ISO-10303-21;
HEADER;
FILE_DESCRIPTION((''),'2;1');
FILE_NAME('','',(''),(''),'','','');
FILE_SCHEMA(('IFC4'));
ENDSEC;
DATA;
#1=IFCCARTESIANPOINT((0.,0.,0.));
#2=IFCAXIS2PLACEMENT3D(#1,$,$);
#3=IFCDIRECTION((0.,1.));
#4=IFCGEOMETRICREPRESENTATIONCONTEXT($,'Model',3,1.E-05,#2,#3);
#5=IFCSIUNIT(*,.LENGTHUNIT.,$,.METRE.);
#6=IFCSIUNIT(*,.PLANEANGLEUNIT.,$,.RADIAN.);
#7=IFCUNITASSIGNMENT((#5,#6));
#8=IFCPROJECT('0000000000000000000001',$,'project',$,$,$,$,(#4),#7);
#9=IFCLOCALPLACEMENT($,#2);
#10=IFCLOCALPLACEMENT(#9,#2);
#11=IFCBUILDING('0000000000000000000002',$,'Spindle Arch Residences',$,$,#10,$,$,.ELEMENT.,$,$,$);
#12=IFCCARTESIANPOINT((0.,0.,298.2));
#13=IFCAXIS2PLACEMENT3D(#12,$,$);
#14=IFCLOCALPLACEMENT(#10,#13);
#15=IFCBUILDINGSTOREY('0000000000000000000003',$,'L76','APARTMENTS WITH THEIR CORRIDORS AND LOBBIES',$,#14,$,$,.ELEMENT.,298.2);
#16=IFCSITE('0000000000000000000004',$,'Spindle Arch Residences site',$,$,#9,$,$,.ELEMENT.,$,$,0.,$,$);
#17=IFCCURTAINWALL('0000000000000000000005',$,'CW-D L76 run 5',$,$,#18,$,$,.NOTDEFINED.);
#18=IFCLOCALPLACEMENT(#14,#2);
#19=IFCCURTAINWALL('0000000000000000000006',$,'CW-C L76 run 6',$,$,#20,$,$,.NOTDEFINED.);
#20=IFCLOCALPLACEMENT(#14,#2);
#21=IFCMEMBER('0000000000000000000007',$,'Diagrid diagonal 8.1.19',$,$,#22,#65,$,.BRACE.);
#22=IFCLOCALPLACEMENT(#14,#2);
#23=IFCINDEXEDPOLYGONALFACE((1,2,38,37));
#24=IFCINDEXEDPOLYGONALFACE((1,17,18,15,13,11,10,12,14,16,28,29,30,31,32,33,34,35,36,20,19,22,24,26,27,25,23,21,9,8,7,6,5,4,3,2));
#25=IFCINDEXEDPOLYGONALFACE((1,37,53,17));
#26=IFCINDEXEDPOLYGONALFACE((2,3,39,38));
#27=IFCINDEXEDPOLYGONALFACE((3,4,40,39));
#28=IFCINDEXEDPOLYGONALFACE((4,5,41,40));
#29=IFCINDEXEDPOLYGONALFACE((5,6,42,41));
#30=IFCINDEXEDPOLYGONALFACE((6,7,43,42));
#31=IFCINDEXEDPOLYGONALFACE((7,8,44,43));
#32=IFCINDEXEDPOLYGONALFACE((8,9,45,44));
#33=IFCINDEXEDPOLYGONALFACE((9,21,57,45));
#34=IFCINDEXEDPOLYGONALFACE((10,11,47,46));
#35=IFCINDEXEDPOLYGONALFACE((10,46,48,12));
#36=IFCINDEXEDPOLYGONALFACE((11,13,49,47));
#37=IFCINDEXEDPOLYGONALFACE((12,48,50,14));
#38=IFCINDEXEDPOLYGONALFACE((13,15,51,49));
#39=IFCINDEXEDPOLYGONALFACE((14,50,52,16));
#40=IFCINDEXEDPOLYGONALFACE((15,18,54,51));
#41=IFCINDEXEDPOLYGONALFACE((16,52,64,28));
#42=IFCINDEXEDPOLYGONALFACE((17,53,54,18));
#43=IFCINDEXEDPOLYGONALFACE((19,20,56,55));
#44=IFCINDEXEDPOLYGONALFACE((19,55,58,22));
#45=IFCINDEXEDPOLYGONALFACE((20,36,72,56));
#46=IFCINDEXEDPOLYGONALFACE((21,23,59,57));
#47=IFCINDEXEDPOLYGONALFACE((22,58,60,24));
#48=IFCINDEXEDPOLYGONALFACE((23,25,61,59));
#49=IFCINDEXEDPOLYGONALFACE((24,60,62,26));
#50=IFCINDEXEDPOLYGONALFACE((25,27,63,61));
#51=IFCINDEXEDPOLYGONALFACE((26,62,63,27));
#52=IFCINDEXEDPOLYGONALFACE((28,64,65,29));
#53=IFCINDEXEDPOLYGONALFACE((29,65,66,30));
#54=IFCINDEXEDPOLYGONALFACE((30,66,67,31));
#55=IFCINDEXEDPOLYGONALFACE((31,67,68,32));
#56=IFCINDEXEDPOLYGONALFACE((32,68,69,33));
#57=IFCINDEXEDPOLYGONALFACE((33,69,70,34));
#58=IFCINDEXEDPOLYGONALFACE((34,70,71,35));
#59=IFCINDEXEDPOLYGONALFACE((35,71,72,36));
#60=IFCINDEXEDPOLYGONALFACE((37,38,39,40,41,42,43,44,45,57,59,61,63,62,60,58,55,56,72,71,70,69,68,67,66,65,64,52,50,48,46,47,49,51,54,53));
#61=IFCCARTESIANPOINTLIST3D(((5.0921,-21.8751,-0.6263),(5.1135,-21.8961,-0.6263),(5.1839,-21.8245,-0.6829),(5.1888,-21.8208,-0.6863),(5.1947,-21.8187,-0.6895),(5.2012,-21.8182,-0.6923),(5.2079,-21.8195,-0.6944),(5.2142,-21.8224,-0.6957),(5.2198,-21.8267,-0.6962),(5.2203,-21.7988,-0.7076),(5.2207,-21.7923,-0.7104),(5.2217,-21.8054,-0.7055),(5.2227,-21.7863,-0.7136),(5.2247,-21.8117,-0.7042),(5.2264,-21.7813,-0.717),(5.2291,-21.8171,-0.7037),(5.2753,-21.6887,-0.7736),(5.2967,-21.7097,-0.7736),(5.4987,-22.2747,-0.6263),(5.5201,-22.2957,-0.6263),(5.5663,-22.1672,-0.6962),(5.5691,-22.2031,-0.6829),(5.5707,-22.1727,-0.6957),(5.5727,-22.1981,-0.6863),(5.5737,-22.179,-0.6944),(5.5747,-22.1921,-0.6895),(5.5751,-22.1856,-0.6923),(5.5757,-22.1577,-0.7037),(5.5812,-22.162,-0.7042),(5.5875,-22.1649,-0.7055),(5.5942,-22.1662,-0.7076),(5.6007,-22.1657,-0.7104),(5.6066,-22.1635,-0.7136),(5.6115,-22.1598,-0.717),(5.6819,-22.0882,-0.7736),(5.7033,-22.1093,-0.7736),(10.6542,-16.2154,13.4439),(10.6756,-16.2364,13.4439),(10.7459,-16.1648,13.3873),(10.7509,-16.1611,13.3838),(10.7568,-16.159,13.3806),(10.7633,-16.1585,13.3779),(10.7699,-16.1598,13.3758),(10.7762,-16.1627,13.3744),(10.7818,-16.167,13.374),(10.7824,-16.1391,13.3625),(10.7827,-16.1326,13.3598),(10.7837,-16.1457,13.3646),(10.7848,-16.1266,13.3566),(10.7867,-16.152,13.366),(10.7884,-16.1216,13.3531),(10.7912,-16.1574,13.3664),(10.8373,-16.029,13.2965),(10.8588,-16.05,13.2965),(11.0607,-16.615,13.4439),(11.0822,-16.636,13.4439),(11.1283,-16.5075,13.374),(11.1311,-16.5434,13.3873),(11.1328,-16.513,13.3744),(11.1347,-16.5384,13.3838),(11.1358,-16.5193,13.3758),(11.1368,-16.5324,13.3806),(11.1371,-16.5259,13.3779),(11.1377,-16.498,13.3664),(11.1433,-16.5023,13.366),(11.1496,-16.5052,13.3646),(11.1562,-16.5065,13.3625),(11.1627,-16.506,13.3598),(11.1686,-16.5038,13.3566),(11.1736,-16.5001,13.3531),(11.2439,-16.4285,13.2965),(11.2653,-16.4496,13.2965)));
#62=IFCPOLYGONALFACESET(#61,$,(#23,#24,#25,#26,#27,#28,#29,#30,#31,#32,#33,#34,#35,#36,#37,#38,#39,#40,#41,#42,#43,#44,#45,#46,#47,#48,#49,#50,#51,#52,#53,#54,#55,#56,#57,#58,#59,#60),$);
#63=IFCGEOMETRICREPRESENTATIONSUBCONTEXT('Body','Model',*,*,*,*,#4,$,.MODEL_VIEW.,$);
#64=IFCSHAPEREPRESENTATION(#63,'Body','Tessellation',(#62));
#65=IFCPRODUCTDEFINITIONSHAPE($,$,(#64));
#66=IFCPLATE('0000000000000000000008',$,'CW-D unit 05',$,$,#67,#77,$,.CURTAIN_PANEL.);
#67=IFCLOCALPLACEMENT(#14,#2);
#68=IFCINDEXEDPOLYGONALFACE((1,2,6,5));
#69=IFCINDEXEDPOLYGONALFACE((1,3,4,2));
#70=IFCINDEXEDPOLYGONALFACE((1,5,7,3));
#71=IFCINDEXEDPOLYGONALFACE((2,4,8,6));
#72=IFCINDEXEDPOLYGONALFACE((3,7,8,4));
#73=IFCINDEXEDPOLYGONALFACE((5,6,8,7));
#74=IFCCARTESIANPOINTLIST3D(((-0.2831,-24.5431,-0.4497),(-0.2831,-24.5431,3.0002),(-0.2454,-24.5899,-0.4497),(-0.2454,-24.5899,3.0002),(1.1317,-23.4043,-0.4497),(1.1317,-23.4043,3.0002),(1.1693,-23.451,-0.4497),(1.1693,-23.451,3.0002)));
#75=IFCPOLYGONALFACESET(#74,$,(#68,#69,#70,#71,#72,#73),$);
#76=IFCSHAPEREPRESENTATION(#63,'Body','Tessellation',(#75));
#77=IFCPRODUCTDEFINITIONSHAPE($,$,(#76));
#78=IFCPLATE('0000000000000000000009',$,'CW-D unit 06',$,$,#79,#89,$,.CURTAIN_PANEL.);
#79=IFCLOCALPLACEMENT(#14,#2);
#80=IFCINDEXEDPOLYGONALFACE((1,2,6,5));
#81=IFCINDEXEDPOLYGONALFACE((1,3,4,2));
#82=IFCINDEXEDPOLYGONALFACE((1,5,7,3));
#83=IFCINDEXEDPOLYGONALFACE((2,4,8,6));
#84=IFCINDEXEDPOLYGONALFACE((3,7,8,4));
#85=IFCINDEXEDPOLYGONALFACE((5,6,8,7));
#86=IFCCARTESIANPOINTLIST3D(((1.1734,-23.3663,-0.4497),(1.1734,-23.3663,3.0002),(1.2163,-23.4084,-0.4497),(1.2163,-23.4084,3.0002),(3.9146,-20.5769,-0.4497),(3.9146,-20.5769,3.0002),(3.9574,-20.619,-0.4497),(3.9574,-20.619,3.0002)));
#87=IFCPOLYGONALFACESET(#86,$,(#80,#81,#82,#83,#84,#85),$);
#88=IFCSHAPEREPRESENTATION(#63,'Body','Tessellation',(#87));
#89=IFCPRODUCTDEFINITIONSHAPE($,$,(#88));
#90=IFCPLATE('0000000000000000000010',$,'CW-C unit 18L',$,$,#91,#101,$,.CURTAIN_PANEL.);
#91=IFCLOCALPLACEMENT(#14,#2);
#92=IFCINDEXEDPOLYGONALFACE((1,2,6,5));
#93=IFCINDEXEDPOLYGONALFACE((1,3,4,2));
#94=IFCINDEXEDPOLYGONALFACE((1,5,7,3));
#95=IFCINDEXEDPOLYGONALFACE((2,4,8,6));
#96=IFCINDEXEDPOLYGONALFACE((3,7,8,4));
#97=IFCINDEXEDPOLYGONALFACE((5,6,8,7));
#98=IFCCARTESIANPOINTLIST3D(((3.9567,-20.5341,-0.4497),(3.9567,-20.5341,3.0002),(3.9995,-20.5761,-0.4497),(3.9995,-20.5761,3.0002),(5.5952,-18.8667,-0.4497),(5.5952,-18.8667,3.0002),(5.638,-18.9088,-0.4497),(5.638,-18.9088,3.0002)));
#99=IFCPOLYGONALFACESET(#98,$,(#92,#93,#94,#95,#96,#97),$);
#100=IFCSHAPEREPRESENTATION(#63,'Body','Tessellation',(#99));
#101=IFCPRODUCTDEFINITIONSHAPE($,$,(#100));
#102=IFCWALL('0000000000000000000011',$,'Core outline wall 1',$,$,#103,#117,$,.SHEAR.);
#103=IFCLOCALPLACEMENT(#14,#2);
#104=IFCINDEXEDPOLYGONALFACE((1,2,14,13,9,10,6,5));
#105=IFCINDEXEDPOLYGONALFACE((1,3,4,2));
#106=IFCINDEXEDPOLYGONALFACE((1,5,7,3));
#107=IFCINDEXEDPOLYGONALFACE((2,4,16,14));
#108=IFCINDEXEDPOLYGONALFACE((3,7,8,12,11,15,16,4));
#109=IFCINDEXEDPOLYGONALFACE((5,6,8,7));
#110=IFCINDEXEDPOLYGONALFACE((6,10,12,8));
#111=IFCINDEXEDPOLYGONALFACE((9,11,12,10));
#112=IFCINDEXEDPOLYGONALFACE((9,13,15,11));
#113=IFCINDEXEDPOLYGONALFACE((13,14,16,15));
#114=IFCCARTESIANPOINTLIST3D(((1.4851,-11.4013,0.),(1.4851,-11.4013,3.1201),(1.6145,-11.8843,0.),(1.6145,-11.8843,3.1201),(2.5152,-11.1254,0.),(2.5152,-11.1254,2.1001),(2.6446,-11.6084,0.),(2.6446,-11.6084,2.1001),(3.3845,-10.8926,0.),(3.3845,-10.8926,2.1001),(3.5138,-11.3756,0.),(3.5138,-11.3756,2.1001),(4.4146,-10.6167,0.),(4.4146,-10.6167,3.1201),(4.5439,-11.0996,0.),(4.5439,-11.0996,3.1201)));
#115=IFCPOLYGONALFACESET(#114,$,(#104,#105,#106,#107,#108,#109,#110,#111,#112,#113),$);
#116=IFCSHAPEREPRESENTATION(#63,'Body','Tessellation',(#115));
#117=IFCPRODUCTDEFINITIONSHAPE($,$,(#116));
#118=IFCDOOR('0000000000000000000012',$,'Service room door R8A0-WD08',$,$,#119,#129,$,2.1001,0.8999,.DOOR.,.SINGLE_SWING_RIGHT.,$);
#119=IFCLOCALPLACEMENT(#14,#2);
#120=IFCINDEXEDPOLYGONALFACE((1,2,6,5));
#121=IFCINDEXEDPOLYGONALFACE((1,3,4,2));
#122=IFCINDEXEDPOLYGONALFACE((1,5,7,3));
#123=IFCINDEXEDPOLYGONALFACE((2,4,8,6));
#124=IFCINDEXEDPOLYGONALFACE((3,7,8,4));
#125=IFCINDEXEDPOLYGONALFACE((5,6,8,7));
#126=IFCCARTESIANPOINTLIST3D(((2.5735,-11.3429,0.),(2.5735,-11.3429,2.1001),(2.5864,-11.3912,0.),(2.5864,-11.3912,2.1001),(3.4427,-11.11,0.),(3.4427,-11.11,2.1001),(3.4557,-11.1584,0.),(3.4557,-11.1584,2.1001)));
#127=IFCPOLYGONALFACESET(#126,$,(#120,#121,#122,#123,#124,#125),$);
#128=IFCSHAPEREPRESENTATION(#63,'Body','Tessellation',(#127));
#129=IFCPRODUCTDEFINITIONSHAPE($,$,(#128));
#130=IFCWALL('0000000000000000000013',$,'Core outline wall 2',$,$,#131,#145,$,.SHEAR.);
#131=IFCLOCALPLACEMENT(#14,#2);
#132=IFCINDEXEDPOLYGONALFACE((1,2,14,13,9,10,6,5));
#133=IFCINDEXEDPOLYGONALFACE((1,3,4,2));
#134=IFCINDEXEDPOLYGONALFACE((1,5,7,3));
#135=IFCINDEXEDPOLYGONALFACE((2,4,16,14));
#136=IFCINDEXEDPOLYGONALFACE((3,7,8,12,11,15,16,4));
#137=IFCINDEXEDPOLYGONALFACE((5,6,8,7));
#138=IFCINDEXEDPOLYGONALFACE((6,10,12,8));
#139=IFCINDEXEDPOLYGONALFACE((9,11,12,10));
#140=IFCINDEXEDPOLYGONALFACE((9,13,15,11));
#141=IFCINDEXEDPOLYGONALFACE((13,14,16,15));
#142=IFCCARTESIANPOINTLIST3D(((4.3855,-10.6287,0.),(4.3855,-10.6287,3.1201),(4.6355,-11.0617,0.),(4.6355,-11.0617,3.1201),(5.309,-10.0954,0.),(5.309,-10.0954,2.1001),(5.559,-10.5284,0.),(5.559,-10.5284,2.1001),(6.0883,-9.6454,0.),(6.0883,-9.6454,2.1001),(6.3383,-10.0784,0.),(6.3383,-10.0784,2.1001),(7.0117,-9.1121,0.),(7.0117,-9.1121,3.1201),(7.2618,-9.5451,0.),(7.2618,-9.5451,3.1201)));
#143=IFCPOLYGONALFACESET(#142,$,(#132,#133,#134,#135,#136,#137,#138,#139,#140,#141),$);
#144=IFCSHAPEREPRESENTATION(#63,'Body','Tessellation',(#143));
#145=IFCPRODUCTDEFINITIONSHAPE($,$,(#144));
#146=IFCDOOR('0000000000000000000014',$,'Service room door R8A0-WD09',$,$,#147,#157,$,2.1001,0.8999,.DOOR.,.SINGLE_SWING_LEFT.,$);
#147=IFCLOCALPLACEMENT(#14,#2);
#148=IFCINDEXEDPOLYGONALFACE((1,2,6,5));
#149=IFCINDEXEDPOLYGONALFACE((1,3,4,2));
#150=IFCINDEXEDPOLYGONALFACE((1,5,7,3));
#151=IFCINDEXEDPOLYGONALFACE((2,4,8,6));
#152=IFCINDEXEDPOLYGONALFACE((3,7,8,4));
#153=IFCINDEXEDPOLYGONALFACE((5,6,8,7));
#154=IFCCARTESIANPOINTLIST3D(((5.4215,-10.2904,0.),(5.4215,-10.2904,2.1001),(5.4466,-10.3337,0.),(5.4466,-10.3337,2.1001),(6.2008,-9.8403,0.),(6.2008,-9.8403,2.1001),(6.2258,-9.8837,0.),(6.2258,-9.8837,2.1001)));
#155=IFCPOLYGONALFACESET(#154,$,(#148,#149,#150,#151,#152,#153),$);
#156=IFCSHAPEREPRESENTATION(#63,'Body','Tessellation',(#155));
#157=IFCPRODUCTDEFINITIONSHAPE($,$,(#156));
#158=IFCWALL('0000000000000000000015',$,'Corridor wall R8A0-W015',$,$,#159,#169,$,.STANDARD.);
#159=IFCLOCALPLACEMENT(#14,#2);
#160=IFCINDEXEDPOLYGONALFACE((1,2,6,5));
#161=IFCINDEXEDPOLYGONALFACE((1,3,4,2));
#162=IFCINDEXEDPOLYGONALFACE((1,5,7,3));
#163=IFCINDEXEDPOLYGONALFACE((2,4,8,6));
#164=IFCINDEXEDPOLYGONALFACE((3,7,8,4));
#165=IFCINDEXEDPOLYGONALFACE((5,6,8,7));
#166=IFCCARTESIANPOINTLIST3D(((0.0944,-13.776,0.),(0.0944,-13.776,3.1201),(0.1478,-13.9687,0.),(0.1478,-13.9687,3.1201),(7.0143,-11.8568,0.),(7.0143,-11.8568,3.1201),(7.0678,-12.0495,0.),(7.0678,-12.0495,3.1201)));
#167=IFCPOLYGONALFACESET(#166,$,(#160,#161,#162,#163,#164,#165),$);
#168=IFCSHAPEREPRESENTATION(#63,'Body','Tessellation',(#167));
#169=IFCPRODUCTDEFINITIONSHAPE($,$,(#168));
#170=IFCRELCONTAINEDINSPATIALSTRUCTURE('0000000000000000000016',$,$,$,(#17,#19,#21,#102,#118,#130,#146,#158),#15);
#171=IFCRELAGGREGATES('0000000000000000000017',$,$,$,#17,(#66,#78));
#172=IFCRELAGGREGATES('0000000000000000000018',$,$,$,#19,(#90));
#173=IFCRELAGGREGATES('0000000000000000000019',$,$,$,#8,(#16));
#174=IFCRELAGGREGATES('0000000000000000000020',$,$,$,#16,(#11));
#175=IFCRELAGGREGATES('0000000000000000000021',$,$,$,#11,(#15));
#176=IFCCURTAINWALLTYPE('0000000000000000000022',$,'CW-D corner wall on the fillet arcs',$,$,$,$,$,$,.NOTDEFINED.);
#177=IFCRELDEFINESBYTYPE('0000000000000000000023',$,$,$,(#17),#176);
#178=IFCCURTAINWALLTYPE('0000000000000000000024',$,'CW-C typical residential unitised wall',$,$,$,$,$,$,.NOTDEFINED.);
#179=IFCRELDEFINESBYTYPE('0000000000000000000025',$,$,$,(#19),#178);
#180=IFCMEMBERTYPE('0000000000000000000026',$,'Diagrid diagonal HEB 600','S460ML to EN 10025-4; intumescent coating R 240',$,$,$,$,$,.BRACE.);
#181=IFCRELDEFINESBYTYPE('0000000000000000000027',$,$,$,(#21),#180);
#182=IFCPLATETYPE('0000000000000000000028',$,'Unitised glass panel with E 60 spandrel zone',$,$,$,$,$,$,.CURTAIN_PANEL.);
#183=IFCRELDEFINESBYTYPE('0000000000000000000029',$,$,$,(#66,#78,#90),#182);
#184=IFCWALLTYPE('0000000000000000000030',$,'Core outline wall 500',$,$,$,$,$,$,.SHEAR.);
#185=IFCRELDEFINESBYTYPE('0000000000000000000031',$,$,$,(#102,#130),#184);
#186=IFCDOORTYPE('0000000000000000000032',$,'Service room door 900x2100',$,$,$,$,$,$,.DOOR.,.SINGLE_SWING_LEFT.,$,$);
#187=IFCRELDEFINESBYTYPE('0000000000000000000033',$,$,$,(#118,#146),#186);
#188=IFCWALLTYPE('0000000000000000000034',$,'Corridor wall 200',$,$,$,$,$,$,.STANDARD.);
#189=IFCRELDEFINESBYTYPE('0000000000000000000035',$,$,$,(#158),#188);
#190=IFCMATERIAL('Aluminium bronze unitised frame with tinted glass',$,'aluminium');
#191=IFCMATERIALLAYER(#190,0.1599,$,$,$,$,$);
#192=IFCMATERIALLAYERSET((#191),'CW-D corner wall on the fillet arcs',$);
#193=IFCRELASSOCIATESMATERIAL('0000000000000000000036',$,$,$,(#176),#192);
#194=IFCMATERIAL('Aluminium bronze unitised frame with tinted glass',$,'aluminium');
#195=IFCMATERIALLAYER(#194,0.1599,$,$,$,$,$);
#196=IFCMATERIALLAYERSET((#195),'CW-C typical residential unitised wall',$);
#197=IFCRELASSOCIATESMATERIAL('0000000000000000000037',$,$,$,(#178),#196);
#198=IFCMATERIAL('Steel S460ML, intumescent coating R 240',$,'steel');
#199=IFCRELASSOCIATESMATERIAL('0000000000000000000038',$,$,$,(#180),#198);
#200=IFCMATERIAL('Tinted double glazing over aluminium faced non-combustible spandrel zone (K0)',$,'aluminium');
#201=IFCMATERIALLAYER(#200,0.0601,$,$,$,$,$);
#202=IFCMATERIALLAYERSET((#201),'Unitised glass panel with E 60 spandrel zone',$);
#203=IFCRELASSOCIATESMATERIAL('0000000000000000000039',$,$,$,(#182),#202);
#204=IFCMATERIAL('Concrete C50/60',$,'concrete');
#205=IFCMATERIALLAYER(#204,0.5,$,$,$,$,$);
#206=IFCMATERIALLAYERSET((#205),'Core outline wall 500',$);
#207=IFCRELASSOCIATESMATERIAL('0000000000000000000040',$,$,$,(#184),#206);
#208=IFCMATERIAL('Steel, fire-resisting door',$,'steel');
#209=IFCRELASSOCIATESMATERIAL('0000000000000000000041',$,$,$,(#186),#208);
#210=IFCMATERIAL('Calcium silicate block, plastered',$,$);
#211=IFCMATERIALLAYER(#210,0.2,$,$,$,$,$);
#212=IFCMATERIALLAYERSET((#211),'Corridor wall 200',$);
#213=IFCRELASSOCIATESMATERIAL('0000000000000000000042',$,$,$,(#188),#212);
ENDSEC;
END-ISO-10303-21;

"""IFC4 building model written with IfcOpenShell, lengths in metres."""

from ifc_helpers import new_model, si_unit, direction, frame, frame_2d, origin, origin_2d, place, context, subcontext, project, spatial, rectangle, i_section, extrude, material, layer, layer_set, material_profile, profile_set, type_object, element, fill, aggregate, save


model = new_model("IFC4")

# Units and contexts
model_context = context("Model", 3, precision=1e-05, world=origin(), true_north=direction((0.0, 1.0)))
body_context = subcontext(model_context, "Body", "Model", "MODEL_VIEW")
ifc_project = project(units=[si_unit("LENGTHUNIT", "METRE"), si_unit("PLANEANGLEUNIT", "RADIAN")], contexts=[model_context])

# Site, building, storey
site_placement = place(None, origin())
site = spatial("IfcSite", under=ifc_project, at=site_placement, Name="Spindle Arch Residences site", CompositionType="ELEMENT", RefElevation=0.0)
building_placement = place(site_placement, origin())
building = spatial("IfcBuilding", under=site, at=building_placement, Name="Spindle Arch Residences", CompositionType="ELEMENT")
storey_placement = place(building_placement, frame((0.0, 0.0, 298.2)))
storey = spatial("IfcBuildingStorey", under=building, at=storey_placement, Name="L76", Description="APARTMENTS WITH THEIR CORRIDORS AND LOBBIES", CompositionType="ELEMENT", Elevation=298.2)

# Curtain walls
ifc_material_1 = material(Name="Aluminium bronze unitised frame with tinted glass", Category="aluminium")
ifc_layer_1 = layer(ifc_material_1, 0.1599)
ifc_layer_set_1 = layer_set([ifc_layer_1], Name="CW-D corner wall on the fillet arcs")
curtain_wall_type_1 = type_object("IfcCurtainWallType", Name="CW-D corner wall on the fillet arcs", PredefinedType="NOTDEFINED", material=ifc_layer_set_1)
curtain_wall_1_placement = place(storey_placement, origin())
curtain_wall_1 = element("IfcCurtainWall", 1, at=curtain_wall_1_placement, inside=storey, type_object=curtain_wall_type_1, Name="CW-D L76 run 5", PredefinedType="NOTDEFINED")
ifc_material_2 = material(Name="Aluminium bronze unitised frame with tinted glass", Category="aluminium")
ifc_layer_2 = layer(ifc_material_2, 0.1599)
ifc_layer_set_2 = layer_set([ifc_layer_2], Name="CW-C typical residential unitised wall")
curtain_wall_type_2 = type_object("IfcCurtainWallType", Name="CW-C typical residential unitised wall", PredefinedType="NOTDEFINED", material=ifc_layer_set_2)
curtain_wall_2_placement = place(storey_placement, origin())
curtain_wall_2 = element("IfcCurtainWall", 2, at=curtain_wall_2_placement, inside=storey, type_object=curtain_wall_type_2, Name="CW-C L76 run 6", PredefinedType="NOTDEFINED")

# Member
ifc_material_3 = material(Name="Steel S460ML, intumescent coating R 240", Category="steel")
ifc_material_profile_1 = material_profile(ifc_material_3, i_section(OverallWidth=0.3, OverallDepth=0.6001, WebThickness=0.0154, FlangeThickness=0.03, FilletRadius=0.0271, at=origin_2d()), Name="HEB 600")
ifc_profile_set_1 = profile_set([ifc_material_profile_1], Name="Steel S460ML, intumescent coating R 240")
member_type_1 = type_object("IfcMemberType", Name="Diagrid diagonal HEB 600", Description="S460ML to EN 10025-4; intumescent coating R 240", PredefinedType="BRACE", material=ifc_profile_set_1)
member_1_placement = place(storey_placement, frame((5.3977, -21.9922, -0.7), z_axis=(0.344323, 0.350369, 0.871024), x_axis=(-0.610524, -0.621244, 0.49124)))
element("IfcMember", 3, at=member_1_placement, inside=storey, type_object=member_type_1, Name="Diagrid diagonal 8.1.19", PredefinedType="BRACE", context=body_context, shape_type="SweptSolid", body=[
    extrude(i_section(OverallWidth=0.3, OverallDepth=0.6001, WebThickness=0.0154, FlangeThickness=0.03, FilletRadius=0.0271, at=origin_2d()), origin(), (0.0, 0.0, 1.0), 16.1536),
])

# Plates
ifc_material_4 = material(Name="Tinted double glazing over aluminium faced non-combustible spandrel zone (K0)", Category="aluminium")
ifc_layer_3 = layer(ifc_material_4, 0.0601)
ifc_layer_set_3 = layer_set([ifc_layer_3], Name="Unitised glass panel with E 60 spandrel zone")
plate_type = type_object("IfcPlateType", Name="Unitised glass panel with E 60 spandrel zone", PredefinedType="CURTAIN_PANEL", material=ifc_layer_set_3)
plate_1_placement = place(storey_placement, frame((0.4431, -23.9971, -0.4497), z_axis=(0.0, 0.0, 1.0), x_axis=(0.778973, 0.627057, 0.0)))
plate_1 = element("IfcPlate", 4, at=plate_1_placement, type_object=plate_type, Name="CW-D unit 05", PredefinedType="CURTAIN_PANEL", context=body_context, shape_type="SweptSolid", body=[
    extrude(rectangle(XDim=1.8162, YDim=0.0601, at=origin_2d()), origin(), (0.0, 0.0, 1.0), 3.45),
])
plate_2_placement = place(storey_placement, frame((2.5654, -21.9927, -0.4497), z_axis=(0.0, 0.0, 1.0), x_axis=(0.700909, 0.71325, 0.0)))
plate_2 = element("IfcPlate", 5, at=plate_2_placement, type_object=plate_type, Name="CW-D unit 06", PredefinedType="CURTAIN_PANEL", context=body_context, shape_type="SweptSolid", body=[
    extrude(rectangle(XDim=3.9109, YDim=0.0601, at=origin_2d()), origin(), (0.0, 0.0, 1.0), 3.45),
])
aggregate(curtain_wall_1, [plate_1, plate_2])
plate_3_placement = place(storey_placement, frame((4.7974, -19.7214, -0.4497), z_axis=(0.0, 0.0, 1.0), x_axis=(0.700909, 0.71325, 0.0)))
plate_3 = element("IfcPlate", 6, at=plate_3_placement, type_object=plate_type, Name="CW-C unit 18L", PredefinedType="CURTAIN_PANEL", context=body_context, shape_type="SweptSolid", body=[
    extrude(rectangle(XDim=2.3376, YDim=0.0601, at=origin_2d()), origin(), (0.0, 0.0, 1.0), 3.45),
])
aggregate(curtain_wall_2, [plate_3])

# Walls, openings, doors
ifc_material_5 = material(Name="Concrete C50/60", Category="concrete")
ifc_layer_4 = layer(ifc_material_5, 0.5)
ifc_layer_set_4 = layer_set([ifc_layer_4], Name="Core outline wall 500")
wall_type_1 = type_object("IfcWallType", Name="Core outline wall 500", PredefinedType="SHEAR", material=ifc_layer_set_4)
wall_1_placement = place(storey_placement, frame((1.5498, -11.6428, 0.0), z_axis=(0.0, 0.0, 1.0), x_axis=(0.965948, 0.258735, 0.0)))
wall_1 = element("IfcWall", 7, at=wall_1_placement, inside=storey, type_object=wall_type_1, Name="Core outline wall 1", PredefinedType="SHEAR", context=body_context, shape_type="SweptSolid", body=[
    extrude(rectangle(XDim=3.0327, YDim=0.5, at=frame_2d((1.5164, 0.0))), origin(), (0.0, 0.0, 1.0), 3.1201),
])
opening_1_placement = place(wall_1_placement, frame((1.0664, 0.0, 0.0)))
opening_1 = element("IfcOpeningElement", 8, at=opening_1_placement, cuts=wall_1, PredefinedType="OPENING", context=body_context, shape_type="SweptSolid", body=[
    extrude(rectangle(XDim=0.8999, YDim=2.1001, at=frame_2d((0.45, 1.05))), frame((0.0, 0.26, 0.0), z_axis=(0.0, -1.0, 0.0), x_axis=(1.0, 0.0, 0.0)), (0.0, 0.0, 1.0), 0.52),
])
ifc_material_6 = material(Name="Steel, fire-resisting door", Category="steel")
door_type_1 = type_object("IfcDoorType", Name="Service room door 900x2100", OperationType="SINGLE_SWING_LEFT", PredefinedType="DOOR", material=ifc_material_6)
door_1_placement = place(opening_1_placement, origin())
door_1 = element("IfcDoor", 9, at=door_1_placement, inside=storey, type_object=door_type_1, Name="Service room door R8A0-WD08", OperationType="SINGLE_SWING_RIGHT", OverallHeight=2.1001, OverallWidth=0.8999, PredefinedType="DOOR", context=body_context, shape_type="SweptSolid", body=[
    extrude(rectangle(XDim=0.8999, YDim=2.1001, at=frame_2d((0.45, 1.05))), frame((0.0, 0.0249, 0.0), z_axis=(0.0, -1.0, 0.0), x_axis=(1.0, 0.0, 0.0)), (0.0, 0.0, 1.0), 0.05),
])
fill(opening_1, door_1)
wall_2_placement = place(storey_placement, frame((4.5105, -10.8452, 0.0), z_axis=(0.0, 0.0, 1.0), x_axis=(0.865975, 0.500087, 0.0)))
wall_2 = element("IfcWall", 10, at=wall_2_placement, inside=storey, type_object=wall_type_1, Name="Core outline wall 2", PredefinedType="SHEAR", context=body_context, shape_type="SweptSolid", body=[
    extrude(rectangle(XDim=3.0327, YDim=0.5, at=frame_2d((1.5164, 0.0))), origin(), (0.0, 0.0, 1.0), 3.1201),
])
opening_2_placement = place(wall_2_placement, frame((1.0664, 0.0, 0.0)))
opening_2 = element("IfcOpeningElement", 11, at=opening_2_placement, cuts=wall_2, PredefinedType="OPENING", context=body_context, shape_type="SweptSolid", body=[
    extrude(rectangle(XDim=0.8999, YDim=2.1001, at=frame_2d((0.45, 1.05))), frame((0.0, 0.26, 0.0), z_axis=(0.0, -1.0, 0.0), x_axis=(1.0, 0.0, 0.0)), (0.0, 0.0, 1.0), 0.52),
])
door_2_placement = place(opening_2_placement, origin())
door_2 = element("IfcDoor", 12, at=door_2_placement, inside=storey, type_object=door_type_1, Name="Service room door R8A0-WD09", OperationType="SINGLE_SWING_LEFT", OverallHeight=2.1001, OverallWidth=0.8999, PredefinedType="DOOR", context=body_context, shape_type="SweptSolid", body=[
    extrude(rectangle(XDim=0.8999, YDim=2.1001, at=frame_2d((0.45, 1.05))), frame((0.0, 0.0249, 0.0), z_axis=(0.0, -1.0, 0.0), x_axis=(1.0, 0.0, 0.0)), (0.0, 0.0, 1.0), 0.05),
])
fill(opening_2, door_2)

# Wall
ifc_material_7 = material(Name="Calcium silicate block, plastered")
ifc_layer_5 = layer(ifc_material_7, 0.2)
ifc_layer_set_5 = layer_set([ifc_layer_5], Name="Corridor wall 200")
wall_type_2 = type_object("IfcWallType", Name="Corridor wall 200", PredefinedType="STANDARD", material=ifc_layer_set_5)
wall_3_placement = place(storey_placement, frame((0.1211, -13.8723, 0.0), z_axis=(0.0, 0.0, 1.0), x_axis=(0.963626, 0.267255, 0.0)))
element("IfcWall", 13, at=wall_3_placement, inside=storey, type_object=wall_type_2, Name="Corridor wall R8A0-W015", PredefinedType="STANDARD", context=body_context, shape_type="SweptSolid", body=[
    extrude(rectangle(XDim=7.1812, YDim=0.2, at=frame_2d((3.5906, 0.0))), origin(), (0.0, 0.0, 1.0), 3.1201),
])

save(model, "model.ifc")
